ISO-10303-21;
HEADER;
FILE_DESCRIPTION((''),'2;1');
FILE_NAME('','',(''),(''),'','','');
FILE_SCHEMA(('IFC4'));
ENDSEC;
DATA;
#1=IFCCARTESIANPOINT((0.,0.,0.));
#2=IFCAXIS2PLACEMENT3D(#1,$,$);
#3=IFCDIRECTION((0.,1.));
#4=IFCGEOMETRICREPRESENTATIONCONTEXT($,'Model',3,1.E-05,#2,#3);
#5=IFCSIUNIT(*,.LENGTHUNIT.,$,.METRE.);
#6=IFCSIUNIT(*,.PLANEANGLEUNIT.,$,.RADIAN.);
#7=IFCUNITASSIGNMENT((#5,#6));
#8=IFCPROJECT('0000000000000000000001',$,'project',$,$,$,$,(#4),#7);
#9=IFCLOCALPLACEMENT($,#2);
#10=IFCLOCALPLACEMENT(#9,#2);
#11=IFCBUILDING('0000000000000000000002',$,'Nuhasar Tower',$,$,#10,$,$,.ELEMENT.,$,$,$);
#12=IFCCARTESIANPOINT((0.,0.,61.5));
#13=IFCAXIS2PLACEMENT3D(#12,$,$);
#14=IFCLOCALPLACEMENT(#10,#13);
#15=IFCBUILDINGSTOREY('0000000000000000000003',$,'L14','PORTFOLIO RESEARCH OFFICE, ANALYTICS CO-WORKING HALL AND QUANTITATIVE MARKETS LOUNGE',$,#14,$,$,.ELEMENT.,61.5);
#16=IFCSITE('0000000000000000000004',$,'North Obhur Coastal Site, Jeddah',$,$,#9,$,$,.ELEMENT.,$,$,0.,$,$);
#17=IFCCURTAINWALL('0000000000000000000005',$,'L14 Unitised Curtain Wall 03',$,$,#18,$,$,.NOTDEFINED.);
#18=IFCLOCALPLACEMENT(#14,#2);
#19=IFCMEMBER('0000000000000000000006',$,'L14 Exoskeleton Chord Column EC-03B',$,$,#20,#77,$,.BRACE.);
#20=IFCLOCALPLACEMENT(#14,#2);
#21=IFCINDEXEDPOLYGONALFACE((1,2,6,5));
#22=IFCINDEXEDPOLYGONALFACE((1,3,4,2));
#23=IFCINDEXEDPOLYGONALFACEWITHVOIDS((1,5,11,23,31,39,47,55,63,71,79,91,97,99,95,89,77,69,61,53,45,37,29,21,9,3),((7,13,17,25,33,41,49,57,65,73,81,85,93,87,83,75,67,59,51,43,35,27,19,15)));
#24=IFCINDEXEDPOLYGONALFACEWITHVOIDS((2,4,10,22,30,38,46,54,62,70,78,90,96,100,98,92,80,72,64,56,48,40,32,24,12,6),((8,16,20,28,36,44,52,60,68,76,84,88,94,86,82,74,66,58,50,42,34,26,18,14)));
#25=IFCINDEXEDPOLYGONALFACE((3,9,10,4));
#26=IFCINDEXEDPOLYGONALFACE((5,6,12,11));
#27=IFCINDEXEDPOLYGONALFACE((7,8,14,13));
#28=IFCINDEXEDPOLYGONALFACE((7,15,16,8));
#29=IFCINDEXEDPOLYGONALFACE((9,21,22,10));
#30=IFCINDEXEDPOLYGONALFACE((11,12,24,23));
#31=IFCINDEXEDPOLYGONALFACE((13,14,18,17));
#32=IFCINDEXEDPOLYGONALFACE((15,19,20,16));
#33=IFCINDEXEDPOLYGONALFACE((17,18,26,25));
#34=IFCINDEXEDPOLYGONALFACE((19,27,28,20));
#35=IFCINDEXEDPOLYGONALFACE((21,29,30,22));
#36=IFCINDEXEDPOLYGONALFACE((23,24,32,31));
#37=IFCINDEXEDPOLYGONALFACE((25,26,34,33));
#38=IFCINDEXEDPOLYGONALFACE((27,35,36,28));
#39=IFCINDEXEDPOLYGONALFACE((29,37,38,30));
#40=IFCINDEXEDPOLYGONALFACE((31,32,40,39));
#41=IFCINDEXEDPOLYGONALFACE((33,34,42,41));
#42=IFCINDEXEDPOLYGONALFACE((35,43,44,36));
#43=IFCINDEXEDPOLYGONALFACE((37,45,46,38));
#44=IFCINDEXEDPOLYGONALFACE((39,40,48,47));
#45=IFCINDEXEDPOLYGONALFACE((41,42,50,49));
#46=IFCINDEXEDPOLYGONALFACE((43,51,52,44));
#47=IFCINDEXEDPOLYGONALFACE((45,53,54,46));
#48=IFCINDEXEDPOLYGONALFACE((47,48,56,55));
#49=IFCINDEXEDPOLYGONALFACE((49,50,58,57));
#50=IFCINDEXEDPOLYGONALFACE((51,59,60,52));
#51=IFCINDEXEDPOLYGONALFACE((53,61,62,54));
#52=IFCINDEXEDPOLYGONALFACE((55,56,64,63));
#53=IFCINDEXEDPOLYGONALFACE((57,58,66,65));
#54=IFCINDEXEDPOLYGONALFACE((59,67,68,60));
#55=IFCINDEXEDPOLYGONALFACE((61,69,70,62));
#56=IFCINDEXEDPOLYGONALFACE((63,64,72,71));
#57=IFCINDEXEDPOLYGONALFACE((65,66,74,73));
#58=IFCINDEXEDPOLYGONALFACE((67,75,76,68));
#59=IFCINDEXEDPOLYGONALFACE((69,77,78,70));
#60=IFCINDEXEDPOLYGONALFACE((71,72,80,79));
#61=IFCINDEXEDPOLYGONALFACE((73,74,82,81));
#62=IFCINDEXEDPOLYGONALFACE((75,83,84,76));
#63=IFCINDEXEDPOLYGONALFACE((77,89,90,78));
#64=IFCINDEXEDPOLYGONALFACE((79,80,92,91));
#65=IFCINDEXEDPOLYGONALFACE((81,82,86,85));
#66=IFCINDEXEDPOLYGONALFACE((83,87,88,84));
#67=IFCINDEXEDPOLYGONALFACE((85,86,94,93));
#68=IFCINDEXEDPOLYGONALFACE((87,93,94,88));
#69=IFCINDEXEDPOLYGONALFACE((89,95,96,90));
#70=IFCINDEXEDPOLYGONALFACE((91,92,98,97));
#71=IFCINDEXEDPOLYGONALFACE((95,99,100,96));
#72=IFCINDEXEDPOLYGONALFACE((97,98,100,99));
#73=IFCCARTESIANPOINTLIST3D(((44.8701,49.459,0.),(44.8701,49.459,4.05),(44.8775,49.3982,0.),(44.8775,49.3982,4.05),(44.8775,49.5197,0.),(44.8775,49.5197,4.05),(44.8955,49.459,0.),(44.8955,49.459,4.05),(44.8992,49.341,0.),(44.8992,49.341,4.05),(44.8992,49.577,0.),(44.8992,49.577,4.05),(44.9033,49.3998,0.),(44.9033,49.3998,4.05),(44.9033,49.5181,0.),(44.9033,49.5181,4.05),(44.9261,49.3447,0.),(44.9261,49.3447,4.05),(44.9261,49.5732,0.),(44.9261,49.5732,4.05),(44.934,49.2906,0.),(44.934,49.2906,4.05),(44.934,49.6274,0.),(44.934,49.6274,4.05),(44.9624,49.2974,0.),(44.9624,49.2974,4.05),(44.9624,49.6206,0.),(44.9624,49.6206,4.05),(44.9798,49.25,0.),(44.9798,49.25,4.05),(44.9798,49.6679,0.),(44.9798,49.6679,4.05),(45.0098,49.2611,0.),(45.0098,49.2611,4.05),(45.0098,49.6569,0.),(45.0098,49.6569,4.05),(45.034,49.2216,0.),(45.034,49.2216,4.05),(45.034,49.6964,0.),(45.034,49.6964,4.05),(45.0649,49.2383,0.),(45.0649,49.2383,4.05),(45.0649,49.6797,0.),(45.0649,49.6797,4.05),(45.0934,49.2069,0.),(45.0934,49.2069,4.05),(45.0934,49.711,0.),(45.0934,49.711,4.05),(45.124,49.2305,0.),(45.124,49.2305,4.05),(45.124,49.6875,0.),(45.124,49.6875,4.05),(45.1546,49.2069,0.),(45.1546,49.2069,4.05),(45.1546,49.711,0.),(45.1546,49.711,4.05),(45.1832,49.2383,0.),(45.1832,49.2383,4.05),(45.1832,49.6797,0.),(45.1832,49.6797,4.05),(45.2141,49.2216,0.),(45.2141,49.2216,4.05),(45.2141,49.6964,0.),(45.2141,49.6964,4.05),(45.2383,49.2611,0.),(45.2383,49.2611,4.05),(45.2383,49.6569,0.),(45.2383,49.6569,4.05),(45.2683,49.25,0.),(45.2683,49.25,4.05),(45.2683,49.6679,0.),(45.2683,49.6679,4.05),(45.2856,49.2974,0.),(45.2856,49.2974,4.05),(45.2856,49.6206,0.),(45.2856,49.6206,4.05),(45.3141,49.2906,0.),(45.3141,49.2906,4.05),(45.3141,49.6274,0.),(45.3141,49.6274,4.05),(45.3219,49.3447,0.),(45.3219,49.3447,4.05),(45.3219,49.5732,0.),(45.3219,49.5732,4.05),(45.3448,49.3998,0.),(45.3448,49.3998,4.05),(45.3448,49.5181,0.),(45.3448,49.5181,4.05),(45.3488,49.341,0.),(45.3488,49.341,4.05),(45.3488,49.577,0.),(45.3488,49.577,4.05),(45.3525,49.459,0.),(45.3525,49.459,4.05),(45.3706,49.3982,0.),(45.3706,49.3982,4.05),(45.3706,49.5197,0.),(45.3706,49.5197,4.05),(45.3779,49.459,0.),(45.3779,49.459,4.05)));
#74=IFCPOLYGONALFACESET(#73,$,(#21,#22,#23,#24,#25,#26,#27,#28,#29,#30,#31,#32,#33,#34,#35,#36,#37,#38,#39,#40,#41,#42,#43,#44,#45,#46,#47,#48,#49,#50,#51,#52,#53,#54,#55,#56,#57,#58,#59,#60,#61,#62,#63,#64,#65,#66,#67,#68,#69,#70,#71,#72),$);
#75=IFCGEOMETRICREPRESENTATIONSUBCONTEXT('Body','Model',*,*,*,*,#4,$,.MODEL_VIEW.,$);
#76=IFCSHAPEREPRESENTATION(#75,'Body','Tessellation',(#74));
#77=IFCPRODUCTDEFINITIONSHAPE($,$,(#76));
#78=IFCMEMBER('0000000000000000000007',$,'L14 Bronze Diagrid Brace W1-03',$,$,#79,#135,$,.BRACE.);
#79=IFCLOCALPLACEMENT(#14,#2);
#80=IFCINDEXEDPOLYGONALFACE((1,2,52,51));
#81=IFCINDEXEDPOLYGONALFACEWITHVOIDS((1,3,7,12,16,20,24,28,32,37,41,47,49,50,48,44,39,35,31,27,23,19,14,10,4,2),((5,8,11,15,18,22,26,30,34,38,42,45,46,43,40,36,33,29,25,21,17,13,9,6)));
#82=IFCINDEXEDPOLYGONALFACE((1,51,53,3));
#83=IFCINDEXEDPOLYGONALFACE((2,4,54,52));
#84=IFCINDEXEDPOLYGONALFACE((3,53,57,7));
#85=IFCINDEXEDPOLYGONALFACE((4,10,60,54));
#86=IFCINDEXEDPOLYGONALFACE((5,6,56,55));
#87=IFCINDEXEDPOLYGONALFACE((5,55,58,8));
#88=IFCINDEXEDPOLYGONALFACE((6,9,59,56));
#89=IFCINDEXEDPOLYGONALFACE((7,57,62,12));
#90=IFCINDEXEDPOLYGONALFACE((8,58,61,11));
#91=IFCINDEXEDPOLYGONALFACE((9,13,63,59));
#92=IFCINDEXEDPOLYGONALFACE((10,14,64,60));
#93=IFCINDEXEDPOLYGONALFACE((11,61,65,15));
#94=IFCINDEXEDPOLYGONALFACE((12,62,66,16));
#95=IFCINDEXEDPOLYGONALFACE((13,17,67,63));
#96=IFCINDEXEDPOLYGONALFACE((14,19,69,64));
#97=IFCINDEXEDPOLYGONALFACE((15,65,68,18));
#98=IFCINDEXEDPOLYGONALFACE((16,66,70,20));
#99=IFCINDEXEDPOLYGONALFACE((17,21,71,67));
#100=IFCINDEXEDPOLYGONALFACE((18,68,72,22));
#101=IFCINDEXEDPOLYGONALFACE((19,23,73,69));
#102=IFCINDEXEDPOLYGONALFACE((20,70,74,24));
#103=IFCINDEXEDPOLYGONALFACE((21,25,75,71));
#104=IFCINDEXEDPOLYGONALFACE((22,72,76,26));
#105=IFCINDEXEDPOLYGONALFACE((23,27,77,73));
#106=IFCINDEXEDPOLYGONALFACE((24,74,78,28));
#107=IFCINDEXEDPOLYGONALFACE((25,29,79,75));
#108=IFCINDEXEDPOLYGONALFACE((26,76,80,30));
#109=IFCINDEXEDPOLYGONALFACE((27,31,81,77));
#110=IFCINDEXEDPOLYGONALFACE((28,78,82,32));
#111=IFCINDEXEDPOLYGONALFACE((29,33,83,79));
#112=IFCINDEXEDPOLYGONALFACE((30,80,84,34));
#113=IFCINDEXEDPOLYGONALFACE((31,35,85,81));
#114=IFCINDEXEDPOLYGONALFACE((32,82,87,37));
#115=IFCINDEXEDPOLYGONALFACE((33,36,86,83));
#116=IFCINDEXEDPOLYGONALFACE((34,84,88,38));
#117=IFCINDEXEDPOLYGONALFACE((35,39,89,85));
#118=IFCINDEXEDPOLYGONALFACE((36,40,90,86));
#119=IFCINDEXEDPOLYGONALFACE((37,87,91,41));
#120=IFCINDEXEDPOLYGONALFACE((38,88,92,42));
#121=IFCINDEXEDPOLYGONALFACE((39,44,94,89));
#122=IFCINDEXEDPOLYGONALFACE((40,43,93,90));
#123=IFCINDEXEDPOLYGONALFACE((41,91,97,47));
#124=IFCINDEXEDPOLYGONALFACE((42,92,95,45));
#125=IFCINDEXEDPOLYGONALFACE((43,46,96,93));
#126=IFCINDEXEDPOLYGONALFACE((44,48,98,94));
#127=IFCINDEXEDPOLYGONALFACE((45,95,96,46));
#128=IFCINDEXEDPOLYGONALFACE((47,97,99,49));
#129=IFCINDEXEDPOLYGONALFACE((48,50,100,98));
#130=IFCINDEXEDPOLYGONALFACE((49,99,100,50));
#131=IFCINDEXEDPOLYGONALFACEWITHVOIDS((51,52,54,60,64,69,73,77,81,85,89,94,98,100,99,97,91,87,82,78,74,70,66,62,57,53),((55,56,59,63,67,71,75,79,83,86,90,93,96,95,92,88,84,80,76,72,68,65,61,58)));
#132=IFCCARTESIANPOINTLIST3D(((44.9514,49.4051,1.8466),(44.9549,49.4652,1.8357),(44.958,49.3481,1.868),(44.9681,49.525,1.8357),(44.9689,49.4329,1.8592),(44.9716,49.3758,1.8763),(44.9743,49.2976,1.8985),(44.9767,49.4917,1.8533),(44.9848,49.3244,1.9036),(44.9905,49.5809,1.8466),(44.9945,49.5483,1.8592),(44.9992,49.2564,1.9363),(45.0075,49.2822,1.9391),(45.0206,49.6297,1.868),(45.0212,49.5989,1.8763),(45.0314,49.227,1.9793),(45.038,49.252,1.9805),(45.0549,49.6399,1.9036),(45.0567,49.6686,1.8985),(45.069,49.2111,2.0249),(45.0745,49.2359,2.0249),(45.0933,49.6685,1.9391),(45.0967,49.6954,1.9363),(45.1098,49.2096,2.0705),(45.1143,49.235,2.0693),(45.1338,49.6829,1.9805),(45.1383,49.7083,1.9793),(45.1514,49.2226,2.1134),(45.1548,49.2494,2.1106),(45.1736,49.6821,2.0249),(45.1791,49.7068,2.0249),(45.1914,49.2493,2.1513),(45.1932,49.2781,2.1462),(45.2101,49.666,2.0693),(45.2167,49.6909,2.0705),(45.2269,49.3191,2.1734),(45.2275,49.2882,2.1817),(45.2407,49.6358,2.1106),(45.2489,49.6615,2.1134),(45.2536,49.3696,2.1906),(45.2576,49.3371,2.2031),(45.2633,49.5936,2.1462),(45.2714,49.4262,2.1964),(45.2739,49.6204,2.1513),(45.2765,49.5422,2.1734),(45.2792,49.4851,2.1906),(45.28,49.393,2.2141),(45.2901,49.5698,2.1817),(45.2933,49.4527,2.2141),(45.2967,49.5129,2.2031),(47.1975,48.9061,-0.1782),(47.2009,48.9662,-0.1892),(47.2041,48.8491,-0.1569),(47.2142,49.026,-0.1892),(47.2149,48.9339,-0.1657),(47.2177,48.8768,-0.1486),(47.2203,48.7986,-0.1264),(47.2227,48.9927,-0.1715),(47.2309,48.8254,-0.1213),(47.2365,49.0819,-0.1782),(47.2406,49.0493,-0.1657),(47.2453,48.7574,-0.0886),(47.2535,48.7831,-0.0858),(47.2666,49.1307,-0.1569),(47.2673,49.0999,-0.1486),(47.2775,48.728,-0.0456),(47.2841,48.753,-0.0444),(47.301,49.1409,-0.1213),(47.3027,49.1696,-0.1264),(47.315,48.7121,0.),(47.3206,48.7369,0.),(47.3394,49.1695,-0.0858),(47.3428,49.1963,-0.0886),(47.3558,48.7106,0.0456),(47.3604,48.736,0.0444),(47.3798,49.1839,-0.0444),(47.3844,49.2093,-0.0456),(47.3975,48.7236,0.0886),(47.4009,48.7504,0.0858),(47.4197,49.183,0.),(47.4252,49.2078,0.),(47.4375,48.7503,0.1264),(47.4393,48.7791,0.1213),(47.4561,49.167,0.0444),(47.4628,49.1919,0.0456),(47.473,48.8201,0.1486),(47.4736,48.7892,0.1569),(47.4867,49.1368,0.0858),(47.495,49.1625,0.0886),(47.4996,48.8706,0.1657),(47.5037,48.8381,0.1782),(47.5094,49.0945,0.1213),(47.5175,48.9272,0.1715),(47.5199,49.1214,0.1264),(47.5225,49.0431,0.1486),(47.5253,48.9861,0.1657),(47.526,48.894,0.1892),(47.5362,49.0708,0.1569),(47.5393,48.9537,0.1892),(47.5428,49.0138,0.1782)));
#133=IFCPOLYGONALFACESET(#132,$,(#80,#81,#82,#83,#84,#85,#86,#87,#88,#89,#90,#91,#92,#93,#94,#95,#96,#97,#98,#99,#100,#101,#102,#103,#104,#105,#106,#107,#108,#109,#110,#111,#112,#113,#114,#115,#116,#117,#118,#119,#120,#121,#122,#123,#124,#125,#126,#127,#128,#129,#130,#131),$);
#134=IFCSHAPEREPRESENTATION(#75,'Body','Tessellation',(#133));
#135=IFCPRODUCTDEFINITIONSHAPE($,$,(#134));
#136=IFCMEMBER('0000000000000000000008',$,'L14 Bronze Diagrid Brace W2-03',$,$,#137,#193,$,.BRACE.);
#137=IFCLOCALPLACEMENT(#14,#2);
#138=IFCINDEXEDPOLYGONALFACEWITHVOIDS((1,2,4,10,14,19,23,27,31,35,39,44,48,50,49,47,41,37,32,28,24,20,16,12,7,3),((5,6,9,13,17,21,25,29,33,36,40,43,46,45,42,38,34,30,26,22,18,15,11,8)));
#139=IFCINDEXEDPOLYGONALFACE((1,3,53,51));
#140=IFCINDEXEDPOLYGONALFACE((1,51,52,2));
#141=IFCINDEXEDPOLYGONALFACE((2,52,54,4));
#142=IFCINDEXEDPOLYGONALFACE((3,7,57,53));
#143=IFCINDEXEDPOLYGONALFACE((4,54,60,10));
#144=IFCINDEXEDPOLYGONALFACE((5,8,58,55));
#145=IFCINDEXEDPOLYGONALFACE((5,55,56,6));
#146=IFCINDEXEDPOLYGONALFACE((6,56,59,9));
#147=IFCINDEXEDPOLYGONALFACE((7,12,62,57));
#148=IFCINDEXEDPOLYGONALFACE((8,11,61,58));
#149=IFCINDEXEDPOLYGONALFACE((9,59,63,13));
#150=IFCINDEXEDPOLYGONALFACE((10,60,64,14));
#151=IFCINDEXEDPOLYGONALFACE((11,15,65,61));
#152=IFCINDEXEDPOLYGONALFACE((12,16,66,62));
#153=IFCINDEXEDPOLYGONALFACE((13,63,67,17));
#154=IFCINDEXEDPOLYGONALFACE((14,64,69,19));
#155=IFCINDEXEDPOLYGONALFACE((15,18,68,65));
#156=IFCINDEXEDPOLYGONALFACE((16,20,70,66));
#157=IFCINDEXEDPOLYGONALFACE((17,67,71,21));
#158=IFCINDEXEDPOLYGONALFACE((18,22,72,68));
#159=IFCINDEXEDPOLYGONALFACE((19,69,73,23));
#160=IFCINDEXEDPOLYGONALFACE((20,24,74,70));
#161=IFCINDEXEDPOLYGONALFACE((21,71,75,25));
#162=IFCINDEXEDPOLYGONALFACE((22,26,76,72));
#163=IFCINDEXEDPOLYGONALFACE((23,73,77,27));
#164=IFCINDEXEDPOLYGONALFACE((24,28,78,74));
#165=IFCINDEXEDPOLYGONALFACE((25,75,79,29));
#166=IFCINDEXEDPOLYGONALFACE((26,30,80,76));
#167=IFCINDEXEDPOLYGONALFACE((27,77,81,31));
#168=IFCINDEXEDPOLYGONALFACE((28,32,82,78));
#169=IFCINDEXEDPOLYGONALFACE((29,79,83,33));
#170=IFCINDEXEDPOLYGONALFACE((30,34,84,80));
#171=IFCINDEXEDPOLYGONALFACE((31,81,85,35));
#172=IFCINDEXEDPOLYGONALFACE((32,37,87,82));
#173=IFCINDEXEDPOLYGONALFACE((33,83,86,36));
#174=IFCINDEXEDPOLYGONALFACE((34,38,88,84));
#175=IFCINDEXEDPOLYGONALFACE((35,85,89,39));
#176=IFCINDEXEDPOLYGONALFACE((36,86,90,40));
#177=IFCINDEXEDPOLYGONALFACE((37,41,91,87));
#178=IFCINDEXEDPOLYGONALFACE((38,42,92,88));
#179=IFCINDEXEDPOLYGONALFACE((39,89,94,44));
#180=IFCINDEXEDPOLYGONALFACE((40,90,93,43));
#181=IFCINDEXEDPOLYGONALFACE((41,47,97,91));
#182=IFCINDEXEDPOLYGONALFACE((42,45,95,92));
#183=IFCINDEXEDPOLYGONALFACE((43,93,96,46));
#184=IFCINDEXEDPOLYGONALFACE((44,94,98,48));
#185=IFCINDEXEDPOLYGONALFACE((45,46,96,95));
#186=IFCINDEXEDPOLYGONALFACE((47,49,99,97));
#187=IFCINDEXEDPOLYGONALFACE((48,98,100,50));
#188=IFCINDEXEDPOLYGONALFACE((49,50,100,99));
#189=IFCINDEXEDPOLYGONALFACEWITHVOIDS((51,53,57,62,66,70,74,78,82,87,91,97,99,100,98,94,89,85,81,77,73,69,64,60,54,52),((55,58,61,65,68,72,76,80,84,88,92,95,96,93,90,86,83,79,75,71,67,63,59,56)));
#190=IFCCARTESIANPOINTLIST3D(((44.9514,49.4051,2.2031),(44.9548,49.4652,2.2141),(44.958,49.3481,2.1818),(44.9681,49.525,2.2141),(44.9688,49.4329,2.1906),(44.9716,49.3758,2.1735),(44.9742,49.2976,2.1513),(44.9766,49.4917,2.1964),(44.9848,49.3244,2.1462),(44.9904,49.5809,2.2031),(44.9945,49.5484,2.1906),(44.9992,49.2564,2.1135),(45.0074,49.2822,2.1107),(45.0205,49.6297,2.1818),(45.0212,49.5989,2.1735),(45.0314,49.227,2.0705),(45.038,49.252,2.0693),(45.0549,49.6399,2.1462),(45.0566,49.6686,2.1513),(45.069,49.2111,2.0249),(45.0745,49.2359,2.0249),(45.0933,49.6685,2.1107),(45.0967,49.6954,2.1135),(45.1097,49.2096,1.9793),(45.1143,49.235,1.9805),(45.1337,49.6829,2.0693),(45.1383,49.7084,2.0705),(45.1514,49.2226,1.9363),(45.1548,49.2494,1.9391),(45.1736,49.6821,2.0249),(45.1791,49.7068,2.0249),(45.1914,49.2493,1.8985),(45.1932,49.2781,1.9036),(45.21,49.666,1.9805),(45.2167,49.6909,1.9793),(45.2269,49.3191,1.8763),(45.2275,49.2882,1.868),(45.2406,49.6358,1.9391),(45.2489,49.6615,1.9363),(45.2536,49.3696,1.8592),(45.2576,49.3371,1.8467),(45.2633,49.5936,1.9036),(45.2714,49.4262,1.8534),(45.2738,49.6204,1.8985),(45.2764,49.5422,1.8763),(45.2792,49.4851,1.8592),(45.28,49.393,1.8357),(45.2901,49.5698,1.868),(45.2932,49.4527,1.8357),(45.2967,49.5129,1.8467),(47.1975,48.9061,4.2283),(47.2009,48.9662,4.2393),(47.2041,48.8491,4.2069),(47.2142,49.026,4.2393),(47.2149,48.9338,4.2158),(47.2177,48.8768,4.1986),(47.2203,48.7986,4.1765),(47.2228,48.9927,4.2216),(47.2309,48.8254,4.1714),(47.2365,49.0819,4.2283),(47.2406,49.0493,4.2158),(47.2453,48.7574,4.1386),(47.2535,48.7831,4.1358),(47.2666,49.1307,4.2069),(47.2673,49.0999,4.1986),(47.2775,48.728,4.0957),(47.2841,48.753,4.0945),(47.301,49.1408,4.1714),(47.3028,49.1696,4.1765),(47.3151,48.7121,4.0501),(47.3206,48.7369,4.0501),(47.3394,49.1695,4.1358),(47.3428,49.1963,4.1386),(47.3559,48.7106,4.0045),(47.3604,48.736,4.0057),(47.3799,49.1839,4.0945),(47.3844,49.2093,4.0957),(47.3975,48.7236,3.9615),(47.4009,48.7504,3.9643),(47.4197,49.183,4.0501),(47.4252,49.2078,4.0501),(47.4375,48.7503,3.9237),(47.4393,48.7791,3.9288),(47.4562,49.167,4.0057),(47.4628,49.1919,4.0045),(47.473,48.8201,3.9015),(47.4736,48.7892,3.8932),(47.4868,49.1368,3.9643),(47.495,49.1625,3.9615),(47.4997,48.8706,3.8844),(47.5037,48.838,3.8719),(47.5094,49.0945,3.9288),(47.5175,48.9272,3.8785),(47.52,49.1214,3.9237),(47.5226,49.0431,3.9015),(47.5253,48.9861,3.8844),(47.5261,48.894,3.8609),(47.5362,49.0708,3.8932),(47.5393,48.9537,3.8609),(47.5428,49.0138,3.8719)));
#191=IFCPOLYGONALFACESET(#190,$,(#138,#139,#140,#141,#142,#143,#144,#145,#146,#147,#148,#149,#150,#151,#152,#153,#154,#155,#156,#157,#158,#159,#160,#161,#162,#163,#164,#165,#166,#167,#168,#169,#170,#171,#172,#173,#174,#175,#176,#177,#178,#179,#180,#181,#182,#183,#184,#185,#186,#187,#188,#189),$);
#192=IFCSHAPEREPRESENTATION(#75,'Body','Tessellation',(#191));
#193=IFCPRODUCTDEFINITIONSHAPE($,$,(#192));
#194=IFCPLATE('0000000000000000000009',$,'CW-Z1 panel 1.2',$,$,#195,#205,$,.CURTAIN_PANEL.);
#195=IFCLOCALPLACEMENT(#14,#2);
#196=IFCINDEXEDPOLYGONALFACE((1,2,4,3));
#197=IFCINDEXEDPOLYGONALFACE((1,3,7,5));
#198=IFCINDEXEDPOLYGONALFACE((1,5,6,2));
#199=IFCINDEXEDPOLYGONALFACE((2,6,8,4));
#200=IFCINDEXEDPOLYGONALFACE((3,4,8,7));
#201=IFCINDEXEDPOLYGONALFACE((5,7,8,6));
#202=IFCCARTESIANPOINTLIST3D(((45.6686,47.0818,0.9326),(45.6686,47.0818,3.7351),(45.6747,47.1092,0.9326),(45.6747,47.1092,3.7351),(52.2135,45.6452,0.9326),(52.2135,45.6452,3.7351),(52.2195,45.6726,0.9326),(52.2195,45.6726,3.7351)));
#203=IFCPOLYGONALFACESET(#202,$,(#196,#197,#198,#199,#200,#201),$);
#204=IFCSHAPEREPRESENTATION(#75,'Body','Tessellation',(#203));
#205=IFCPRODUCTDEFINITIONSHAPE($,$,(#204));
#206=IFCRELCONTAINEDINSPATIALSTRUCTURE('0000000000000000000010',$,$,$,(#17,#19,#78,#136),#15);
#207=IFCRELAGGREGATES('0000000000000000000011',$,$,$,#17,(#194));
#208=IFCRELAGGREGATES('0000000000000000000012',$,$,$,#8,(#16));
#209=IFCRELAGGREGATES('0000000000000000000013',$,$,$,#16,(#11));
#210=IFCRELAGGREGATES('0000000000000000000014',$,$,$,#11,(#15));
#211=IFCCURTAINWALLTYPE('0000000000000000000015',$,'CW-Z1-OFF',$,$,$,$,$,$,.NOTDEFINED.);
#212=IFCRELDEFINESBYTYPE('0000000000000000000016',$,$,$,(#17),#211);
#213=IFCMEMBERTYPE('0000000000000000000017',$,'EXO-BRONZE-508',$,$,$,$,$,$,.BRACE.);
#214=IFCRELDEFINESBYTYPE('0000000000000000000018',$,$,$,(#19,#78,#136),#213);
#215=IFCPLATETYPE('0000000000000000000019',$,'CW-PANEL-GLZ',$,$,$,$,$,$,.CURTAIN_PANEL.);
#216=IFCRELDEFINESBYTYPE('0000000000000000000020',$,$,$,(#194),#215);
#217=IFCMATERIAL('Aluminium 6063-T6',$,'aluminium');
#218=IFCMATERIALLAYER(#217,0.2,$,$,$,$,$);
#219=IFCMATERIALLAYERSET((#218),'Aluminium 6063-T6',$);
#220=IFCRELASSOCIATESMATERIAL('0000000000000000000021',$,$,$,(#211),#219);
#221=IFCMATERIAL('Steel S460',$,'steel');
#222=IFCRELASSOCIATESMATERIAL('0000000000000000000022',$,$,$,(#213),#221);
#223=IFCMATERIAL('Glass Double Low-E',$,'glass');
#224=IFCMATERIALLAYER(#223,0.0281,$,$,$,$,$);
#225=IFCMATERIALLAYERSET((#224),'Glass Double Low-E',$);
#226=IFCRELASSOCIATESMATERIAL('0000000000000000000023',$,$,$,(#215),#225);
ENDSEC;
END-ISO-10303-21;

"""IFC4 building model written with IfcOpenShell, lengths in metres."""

from ifc_helpers import new_model, si_unit, direction, frame, origin, origin_2d, place, context, subcontext, project, spatial, rectangle, hollow_circle, extrude, material, layer, layer_set, material_profile, profile_set, type_object, element, aggregate, save


model = new_model("IFC4")

# Units and contexts
model_context = context("Model", 3, precision=1e-05, world=origin(), true_north=direction((0.0, 1.0)))
body_context = subcontext(model_context, "Body", "Model", "MODEL_VIEW")
ifc_project = project(units=[si_unit("LENGTHUNIT", "METRE"), si_unit("PLANEANGLEUNIT", "RADIAN")], contexts=[model_context])

# Site, building, storey
site_placement = place(None, origin())
site = spatial("IfcSite", under=ifc_project, at=site_placement, Name="North Obhur Coastal Site, Jeddah", CompositionType="ELEMENT", RefElevation=0.0)
building_placement = place(site_placement, origin())
building = spatial("IfcBuilding", under=site, at=building_placement, Name="Nuhasar Tower", CompositionType="ELEMENT")
storey_placement = place(building_placement, frame((0.0, 0.0, 61.5)))
storey = spatial("IfcBuildingStorey", under=building, at=storey_placement, Name="L14", Description="PORTFOLIO RESEARCH OFFICE, ANALYTICS CO-WORKING HALL AND QUANTITATIVE MARKETS LOUNGE", CompositionType="ELEMENT", Elevation=61.5)

# Curtain wall
ifc_material_1 = material(Name="Aluminium 6063-T6", Category="aluminium")
ifc_layer_1 = layer(ifc_material_1, 0.2)
ifc_layer_set_1 = layer_set([ifc_layer_1], Name="Aluminium 6063-T6")
curtain_wall_type = type_object("IfcCurtainWallType", Name="CW-Z1-OFF", PredefinedType="NOTDEFINED", material=ifc_layer_set_1)
curtain_wall_placement = place(storey_placement, origin())
curtain_wall = element("IfcCurtainWall", 1, at=curtain_wall_placement, inside=storey, type_object=curtain_wall_type, Name="L14 Unitised Curtain Wall 03", PredefinedType="NOTDEFINED")

# Members
ifc_material_2 = material(Name="Steel S460", Category="steel")
ifc_material_profile_1 = material_profile(ifc_material_2, hollow_circle(Radius=0.2539, WallThickness=0.0254, at=origin_2d()), Name="HSS508X25.4")
ifc_profile_set_1 = profile_set([ifc_material_profile_1], Name="Steel S460")
member_type_1 = type_object("IfcMemberType", Name="EXO-BRONZE-508", PredefinedType="BRACE", material=ifc_profile_set_1)
for number, where, z_axis, x_axis, name in (
    (2, (45.124, 49.459, 0.0), (0.0, 0.0, 1.0), (1.0, 0.0, 0.0), "L14 Exoskeleton Chord Column EC-03B"),
):
    element("IfcMember", number, at=place(storey_placement, frame(where, z_axis=z_axis, x_axis=x_axis)), inside=storey, type_object=member_type_1, Name=name, PredefinedType="BRACE", context=body_context, shape_type="SweptSolid", body=[
        extrude(hollow_circle(Radius=0.2539, WallThickness=0.0254, at=origin_2d()), origin(), (0.0, 0.0, 1.0), 4.05),
    ])
member_1_placement = place(storey_placement, frame((47.3701, 48.96, 0.0), z_axis=(-0.732821, 0.162814, 0.660654), x_axis=(-0.216886, -0.976197, 0.0)))
element("IfcMember", 3, at=member_1_placement, inside=storey, type_object=member_type_1, Name="L14 Bronze Diagrid Brace W1-03", PredefinedType="BRACE", context=body_context, shape_type="SweptSolid", body=[
    extrude(hollow_circle(Radius=0.2539, WallThickness=0.0254, at=origin_2d()), origin(), (0.0, 0.0, 1.0), 3.0649),
])
member_2_placement = place(storey_placement, frame((45.124, 49.459, 2.0249), z_axis=(0.732783, -0.162805, 0.660699), x_axis=(0.216886, 0.976197, 0.0)))
element("IfcMember", 4, at=member_2_placement, inside=storey, type_object=member_type_1, Name="L14 Bronze Diagrid Brace W2-03", PredefinedType="BRACE", context=body_context, shape_type="SweptSolid", body=[
    extrude(hollow_circle(Radius=0.2539, WallThickness=0.0254, at=origin_2d()), origin(), (0.0, 0.0, 1.0), 3.0652),
])

# Plate
ifc_material_3 = material(Name="Glass Double Low-E", Category="glass")
ifc_layer_2 = layer(ifc_material_3, 0.0281)
ifc_layer_set_2 = layer_set([ifc_layer_2], Name="Glass Double Low-E")
plate_type_1 = type_object("IfcPlateType", Name="CW-PANEL-GLZ", PredefinedType="CURTAIN_PANEL", material=ifc_layer_set_2)
plate_1_placement = place(storey_placement, frame((48.9441, 46.3772, 0.9326), z_axis=(0.0, 0.0, 1.0), x_axis=(-0.976746, 0.214399, 0.0)))
plate_1 = element("IfcPlate", 5, at=plate_1_placement, type_object=plate_type_1, Name="CW-Z1 panel 1.2", PredefinedType="CURTAIN_PANEL", context=body_context, shape_type="SweptSolid", body=[
    extrude(rectangle(XDim=6.7007, YDim=0.0281, at=origin_2d()), origin(), (0.0, 0.0, 1.0), 2.8025),
])
aggregate(curtain_wall, [plate_1])

save(model, "model.ifc")
